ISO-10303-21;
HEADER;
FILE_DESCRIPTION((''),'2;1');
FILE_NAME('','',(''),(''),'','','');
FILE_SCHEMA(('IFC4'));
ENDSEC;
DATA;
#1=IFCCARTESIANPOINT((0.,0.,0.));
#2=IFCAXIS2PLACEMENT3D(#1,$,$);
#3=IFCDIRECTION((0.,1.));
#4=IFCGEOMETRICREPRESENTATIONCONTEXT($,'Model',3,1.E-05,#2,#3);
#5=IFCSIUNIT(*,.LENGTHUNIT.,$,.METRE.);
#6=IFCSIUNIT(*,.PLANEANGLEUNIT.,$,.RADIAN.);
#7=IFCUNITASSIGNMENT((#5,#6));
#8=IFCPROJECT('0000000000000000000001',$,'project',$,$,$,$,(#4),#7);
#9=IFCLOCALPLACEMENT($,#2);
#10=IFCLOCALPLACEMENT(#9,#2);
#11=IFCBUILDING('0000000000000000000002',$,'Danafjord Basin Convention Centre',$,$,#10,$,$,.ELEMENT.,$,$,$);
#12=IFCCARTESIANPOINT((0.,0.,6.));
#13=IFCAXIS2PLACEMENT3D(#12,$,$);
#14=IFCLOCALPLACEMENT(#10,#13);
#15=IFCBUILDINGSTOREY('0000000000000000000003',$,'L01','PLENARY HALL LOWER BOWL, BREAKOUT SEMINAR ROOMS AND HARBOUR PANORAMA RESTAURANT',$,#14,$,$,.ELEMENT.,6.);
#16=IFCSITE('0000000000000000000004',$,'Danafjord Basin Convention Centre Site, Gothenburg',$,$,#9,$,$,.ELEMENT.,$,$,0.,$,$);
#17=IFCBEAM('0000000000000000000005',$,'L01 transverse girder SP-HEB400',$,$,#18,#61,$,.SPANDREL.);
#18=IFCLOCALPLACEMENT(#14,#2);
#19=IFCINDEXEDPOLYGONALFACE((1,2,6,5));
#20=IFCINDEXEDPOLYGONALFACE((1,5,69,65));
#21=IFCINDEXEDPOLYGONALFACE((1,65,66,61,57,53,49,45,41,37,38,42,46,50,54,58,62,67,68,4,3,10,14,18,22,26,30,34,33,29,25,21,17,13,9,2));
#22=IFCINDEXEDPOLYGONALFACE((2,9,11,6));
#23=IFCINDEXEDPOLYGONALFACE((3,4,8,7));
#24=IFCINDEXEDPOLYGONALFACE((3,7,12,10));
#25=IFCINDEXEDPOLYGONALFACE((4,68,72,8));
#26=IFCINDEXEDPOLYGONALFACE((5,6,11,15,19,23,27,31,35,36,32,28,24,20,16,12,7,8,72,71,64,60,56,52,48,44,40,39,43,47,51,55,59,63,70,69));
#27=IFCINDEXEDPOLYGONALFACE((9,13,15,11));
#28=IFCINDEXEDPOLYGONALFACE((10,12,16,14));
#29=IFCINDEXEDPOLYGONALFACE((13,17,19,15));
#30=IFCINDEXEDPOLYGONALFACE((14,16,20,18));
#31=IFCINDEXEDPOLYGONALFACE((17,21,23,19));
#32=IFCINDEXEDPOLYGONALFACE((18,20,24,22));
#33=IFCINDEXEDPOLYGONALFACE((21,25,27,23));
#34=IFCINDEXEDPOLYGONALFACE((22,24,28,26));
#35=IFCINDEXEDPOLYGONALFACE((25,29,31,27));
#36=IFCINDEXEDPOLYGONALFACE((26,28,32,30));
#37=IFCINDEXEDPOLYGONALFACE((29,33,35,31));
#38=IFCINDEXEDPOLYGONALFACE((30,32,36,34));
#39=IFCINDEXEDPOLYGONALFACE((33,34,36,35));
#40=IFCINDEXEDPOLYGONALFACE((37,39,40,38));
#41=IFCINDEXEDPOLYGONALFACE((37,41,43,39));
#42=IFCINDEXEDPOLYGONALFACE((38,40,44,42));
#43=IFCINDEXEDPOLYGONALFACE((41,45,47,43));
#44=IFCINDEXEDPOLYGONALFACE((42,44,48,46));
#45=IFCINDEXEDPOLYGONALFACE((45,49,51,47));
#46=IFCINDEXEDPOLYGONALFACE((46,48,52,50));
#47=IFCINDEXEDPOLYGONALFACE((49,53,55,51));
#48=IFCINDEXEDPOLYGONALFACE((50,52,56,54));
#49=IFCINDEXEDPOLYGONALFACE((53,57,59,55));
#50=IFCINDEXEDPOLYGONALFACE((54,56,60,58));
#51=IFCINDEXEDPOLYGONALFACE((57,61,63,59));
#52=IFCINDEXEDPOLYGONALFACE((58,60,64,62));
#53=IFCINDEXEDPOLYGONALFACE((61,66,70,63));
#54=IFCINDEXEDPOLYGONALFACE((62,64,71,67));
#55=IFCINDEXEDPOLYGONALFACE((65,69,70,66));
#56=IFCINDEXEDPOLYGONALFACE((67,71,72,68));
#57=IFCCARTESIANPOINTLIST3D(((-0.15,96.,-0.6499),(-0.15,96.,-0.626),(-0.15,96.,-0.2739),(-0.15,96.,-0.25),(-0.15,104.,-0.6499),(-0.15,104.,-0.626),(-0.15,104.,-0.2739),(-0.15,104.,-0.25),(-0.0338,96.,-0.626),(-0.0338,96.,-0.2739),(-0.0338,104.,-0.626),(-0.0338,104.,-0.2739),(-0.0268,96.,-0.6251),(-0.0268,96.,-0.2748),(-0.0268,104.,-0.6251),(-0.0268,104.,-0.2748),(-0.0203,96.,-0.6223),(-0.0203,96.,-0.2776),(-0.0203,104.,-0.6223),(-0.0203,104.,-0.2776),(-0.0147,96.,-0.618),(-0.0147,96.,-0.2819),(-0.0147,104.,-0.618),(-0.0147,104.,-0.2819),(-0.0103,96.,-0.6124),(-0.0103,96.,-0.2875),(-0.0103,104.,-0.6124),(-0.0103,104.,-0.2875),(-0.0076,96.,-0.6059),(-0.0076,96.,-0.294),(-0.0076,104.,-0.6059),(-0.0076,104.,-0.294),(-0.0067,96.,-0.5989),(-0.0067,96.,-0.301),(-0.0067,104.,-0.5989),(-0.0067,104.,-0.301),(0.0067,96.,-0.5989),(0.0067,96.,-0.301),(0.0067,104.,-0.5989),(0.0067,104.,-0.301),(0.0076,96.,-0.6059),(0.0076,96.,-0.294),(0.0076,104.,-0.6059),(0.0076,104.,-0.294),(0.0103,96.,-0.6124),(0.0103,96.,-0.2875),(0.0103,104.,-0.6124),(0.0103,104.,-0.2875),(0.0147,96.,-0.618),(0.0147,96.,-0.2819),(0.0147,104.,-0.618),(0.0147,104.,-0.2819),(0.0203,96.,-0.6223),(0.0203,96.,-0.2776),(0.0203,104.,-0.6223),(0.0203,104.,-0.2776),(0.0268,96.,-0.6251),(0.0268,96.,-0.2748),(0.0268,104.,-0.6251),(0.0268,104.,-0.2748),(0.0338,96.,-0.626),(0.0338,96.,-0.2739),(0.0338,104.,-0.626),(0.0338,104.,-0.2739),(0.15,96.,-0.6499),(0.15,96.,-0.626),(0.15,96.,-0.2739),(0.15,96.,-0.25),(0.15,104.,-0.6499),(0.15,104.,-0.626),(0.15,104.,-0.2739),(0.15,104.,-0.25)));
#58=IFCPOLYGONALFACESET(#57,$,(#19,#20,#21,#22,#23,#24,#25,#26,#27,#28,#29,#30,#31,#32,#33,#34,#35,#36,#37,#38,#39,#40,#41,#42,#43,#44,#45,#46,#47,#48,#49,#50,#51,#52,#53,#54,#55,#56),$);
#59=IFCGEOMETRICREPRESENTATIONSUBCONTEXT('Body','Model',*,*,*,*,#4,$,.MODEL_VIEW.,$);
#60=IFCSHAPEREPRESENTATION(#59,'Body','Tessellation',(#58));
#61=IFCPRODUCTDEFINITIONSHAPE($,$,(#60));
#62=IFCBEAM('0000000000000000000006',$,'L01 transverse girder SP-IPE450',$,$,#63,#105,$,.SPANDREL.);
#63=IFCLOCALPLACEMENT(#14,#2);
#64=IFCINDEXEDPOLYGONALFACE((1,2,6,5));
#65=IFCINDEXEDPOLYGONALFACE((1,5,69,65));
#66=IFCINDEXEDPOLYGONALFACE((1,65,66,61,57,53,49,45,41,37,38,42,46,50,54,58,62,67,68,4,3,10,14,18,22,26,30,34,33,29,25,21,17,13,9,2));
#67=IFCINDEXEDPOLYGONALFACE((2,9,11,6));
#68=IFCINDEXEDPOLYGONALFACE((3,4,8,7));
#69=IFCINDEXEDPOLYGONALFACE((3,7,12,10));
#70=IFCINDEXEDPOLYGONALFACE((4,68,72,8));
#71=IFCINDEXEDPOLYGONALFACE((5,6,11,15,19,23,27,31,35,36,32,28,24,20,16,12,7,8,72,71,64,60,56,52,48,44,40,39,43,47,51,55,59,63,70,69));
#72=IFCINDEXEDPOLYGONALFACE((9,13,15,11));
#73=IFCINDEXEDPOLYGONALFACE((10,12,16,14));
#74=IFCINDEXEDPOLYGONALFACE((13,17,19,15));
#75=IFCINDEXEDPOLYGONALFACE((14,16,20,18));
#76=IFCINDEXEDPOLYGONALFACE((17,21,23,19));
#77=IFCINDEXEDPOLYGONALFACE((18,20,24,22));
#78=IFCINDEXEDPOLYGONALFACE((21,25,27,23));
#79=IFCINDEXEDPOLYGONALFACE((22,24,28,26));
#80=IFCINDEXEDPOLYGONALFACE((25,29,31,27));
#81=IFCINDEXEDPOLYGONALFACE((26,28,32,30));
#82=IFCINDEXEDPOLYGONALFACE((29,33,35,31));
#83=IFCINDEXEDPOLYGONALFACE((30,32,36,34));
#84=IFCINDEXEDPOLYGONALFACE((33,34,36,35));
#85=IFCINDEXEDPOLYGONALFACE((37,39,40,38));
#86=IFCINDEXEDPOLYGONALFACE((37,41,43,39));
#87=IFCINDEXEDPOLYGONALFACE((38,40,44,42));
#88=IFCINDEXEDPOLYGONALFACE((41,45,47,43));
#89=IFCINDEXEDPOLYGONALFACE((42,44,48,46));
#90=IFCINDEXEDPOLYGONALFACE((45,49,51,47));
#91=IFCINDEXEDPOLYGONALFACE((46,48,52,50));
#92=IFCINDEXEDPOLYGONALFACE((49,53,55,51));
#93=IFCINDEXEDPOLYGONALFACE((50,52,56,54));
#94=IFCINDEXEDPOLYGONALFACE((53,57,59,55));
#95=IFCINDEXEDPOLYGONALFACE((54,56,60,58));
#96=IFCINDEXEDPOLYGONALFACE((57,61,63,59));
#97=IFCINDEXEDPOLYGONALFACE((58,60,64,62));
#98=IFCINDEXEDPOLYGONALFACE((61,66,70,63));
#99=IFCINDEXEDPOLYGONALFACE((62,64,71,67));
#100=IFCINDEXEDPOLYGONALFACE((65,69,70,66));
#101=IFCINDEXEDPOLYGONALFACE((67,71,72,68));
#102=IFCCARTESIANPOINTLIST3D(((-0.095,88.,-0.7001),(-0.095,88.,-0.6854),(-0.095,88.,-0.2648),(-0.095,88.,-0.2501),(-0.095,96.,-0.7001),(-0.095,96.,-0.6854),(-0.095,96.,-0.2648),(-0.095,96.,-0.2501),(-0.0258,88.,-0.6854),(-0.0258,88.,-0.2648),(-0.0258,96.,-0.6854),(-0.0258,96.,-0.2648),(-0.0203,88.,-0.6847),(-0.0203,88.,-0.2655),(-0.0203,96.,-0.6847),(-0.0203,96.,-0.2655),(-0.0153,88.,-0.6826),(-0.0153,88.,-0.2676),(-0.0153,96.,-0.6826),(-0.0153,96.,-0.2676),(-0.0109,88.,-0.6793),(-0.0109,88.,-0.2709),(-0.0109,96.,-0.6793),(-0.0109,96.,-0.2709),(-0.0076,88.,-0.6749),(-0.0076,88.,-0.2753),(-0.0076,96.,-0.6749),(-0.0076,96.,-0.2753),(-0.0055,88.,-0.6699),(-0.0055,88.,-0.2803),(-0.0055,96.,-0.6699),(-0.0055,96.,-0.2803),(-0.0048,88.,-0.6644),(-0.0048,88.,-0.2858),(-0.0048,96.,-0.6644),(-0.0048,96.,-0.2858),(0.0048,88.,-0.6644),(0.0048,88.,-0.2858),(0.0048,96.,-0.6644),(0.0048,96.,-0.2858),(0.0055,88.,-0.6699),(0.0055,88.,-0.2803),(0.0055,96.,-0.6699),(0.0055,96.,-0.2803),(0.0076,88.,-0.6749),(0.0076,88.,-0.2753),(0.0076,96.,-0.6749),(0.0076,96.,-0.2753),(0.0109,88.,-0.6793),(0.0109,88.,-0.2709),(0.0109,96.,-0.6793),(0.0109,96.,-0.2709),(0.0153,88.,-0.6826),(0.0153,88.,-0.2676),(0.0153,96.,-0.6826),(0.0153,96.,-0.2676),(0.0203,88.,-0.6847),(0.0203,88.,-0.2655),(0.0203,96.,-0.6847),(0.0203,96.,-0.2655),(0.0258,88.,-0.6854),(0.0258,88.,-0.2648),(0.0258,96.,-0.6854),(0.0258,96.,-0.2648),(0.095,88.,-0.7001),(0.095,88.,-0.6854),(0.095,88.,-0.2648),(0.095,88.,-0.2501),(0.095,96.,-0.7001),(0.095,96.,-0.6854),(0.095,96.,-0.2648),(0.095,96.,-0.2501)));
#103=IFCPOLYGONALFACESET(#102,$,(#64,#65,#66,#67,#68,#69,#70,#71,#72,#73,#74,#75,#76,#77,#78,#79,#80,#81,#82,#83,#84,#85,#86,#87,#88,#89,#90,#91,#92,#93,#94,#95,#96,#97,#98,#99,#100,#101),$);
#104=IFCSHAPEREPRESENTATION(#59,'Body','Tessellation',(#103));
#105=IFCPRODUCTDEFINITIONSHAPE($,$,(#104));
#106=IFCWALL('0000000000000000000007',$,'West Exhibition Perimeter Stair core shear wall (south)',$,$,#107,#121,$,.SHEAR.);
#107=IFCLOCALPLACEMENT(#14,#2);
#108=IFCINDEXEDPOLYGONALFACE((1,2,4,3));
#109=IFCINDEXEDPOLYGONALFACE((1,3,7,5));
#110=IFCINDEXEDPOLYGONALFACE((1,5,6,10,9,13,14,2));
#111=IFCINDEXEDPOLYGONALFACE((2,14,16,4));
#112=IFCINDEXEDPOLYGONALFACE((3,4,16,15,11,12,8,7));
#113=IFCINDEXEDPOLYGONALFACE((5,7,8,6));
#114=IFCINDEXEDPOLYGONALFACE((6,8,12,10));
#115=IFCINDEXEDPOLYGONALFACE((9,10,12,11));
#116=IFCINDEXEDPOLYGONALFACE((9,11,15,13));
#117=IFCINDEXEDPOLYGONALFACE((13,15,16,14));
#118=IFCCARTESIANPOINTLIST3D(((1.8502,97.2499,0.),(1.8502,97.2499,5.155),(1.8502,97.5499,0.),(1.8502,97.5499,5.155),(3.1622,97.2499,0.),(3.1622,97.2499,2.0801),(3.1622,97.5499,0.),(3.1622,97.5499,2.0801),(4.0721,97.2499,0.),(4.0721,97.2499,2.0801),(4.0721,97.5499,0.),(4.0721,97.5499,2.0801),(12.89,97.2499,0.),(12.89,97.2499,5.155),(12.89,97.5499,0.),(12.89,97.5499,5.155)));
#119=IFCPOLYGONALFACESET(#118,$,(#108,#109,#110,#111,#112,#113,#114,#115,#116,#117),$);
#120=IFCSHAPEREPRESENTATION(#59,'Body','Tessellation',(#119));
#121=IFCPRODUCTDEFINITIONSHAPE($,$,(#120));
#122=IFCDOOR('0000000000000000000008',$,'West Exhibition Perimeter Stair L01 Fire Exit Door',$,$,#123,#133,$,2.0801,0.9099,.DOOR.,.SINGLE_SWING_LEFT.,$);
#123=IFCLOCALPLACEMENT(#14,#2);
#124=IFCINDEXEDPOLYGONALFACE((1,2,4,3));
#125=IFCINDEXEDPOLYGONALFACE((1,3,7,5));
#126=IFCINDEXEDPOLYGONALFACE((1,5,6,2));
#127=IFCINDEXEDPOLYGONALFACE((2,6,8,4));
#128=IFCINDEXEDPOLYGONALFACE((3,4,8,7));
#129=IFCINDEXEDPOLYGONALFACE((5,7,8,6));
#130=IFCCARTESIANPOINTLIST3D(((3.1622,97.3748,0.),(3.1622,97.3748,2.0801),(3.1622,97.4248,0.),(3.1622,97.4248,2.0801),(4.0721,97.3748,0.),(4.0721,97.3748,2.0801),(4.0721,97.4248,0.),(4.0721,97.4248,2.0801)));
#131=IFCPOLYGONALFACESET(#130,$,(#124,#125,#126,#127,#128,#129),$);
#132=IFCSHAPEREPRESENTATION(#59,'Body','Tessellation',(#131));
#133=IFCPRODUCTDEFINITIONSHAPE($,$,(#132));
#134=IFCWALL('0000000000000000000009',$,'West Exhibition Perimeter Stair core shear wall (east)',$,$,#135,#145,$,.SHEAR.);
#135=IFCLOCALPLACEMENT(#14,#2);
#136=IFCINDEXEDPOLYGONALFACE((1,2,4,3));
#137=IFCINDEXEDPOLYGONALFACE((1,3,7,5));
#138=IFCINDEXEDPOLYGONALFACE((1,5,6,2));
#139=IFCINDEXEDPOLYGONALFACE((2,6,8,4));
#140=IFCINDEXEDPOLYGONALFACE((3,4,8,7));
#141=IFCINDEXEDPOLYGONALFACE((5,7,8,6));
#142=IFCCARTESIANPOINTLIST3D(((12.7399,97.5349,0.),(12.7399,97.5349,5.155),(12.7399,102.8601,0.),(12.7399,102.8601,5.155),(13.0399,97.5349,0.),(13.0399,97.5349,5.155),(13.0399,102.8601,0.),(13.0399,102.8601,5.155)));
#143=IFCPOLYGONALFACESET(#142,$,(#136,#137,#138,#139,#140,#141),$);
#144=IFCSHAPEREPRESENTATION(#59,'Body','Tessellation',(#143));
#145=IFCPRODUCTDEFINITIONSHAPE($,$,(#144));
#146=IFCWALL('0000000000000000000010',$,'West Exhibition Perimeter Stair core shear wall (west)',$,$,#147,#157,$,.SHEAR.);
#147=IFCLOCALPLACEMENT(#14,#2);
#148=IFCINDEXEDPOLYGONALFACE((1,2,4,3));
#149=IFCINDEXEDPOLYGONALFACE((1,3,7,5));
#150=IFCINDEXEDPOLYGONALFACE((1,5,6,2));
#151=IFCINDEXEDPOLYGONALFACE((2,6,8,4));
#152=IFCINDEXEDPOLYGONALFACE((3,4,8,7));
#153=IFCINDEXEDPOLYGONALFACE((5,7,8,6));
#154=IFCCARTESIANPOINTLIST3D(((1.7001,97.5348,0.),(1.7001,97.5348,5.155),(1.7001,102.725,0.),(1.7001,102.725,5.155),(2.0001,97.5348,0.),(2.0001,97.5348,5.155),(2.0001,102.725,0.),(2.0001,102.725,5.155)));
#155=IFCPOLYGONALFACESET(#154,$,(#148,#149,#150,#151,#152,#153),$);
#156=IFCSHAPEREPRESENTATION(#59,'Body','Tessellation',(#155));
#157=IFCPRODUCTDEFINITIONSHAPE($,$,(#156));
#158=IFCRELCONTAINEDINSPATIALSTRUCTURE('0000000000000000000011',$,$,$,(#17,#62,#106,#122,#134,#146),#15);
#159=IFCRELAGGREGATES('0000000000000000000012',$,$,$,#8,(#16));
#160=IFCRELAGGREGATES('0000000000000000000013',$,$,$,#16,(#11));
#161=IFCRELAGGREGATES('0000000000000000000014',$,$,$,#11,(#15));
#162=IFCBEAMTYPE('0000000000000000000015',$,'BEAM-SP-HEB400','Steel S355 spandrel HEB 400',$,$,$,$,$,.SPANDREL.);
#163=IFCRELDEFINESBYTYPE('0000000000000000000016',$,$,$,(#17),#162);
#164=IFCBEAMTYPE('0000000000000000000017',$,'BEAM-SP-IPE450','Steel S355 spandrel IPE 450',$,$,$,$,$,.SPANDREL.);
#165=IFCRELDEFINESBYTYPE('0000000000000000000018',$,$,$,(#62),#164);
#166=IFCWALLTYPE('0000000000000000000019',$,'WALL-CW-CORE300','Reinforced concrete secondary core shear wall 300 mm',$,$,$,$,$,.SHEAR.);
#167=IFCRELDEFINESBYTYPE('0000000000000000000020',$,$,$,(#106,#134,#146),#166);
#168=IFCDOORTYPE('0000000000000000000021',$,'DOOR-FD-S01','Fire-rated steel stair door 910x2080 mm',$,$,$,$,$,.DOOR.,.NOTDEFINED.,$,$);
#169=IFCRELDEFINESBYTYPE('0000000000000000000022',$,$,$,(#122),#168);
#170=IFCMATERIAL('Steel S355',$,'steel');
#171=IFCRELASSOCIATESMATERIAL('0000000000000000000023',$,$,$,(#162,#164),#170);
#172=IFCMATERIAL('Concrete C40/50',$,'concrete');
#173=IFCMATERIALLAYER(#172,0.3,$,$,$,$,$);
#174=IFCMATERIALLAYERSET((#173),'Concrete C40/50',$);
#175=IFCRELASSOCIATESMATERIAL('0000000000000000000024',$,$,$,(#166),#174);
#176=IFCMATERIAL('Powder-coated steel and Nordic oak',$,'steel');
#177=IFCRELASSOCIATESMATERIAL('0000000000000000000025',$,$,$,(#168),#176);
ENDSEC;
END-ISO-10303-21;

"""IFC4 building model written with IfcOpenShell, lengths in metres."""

from ifc_helpers import new_model, si_unit, direction, frame, frame_2d, origin, origin_2d, place, context, subcontext, project, spatial, rectangle, i_section, extrude, material, layer, layer_set, material_profile, profile_set, type_object, element, fill, save


model = new_model("IFC4")

# Units and contexts
model_context = context("Model", 3, precision=1e-05, world=origin(), true_north=direction((0.0, 1.0)))
body_context = subcontext(model_context, "Body", "Model", "MODEL_VIEW")
ifc_project = project(units=[si_unit("LENGTHUNIT", "METRE"), si_unit("PLANEANGLEUNIT", "RADIAN")], contexts=[model_context])

# Site, building, storey
site_placement = place(None, origin())
site = spatial("IfcSite", under=ifc_project, at=site_placement, Name="Danafjord Basin Convention Centre Site, Gothenburg", CompositionType="ELEMENT", RefElevation=0.0)
building_placement = place(site_placement, origin())
building = spatial("IfcBuilding", under=site, at=building_placement, Name="Danafjord Basin Convention Centre", CompositionType="ELEMENT")
storey_placement = place(building_placement, frame((0.0, 0.0, 6.0)))
storey = spatial("IfcBuildingStorey", under=building, at=storey_placement, Name="L01", Description="PLENARY HALL LOWER BOWL, BREAKOUT SEMINAR ROOMS AND HARBOUR PANORAMA RESTAURANT", CompositionType="ELEMENT", Elevation=6.0)

# Beams
ifc_material_1 = material(Name="Steel S355", Category="steel")
ifc_material_profile_1 = material_profile(ifc_material_1, i_section(OverallWidth=0.3, OverallDepth=0.3999, WebThickness=0.0134, FlangeThickness=0.0239, FilletRadius=0.0271, at=origin_2d()), Name="HEB 400")
ifc_profile_set_1 = profile_set([ifc_material_profile_1], Name="Steel S355")
beam_type_1 = type_object("IfcBeamType", Name="BEAM-SP-HEB400", Description="Steel S355 spandrel HEB 400", PredefinedType="SPANDREL", material=ifc_profile_set_1)
for number, where, z_axis, x_axis, name in (
    (1, (0.0, 96.0, -0.45), (0.0, 1.0, 0.0), (-1.0, 0.0, 0.0), "L01 transverse girder SP-HEB400"),
):
    element("IfcBeam", number, at=place(storey_placement, frame(where, z_axis=z_axis, x_axis=x_axis)), inside=storey, type_object=beam_type_1, Name=name, PredefinedType="SPANDREL", context=body_context, shape_type="SweptSolid", body=[
        extrude(i_section(OverallWidth=0.3, OverallDepth=0.3999, WebThickness=0.0134, FlangeThickness=0.0239, FilletRadius=0.0271, at=origin_2d()), origin(), (0.0, 0.0, 1.0), 8.0),
    ])
ifc_material_profile_2 = material_profile(ifc_material_1, i_section(OverallWidth=0.1899, OverallDepth=0.45, WebThickness=0.0095, FlangeThickness=0.0146, FilletRadius=0.021, at=origin_2d()), Name="IPE 450")
ifc_profile_set_2 = profile_set([ifc_material_profile_2], Name="Steel S355")
beam_type_2 = type_object("IfcBeamType", Name="BEAM-SP-IPE450", Description="Steel S355 spandrel IPE 450", PredefinedType="SPANDREL", material=ifc_profile_set_2)
beam_placement = place(storey_placement, frame((0.0, 88.0, -0.4751), z_axis=(0.0, 1.0, 0.0), x_axis=(-1.0, 0.0, 0.0)))
element("IfcBeam", 2, at=beam_placement, inside=storey, type_object=beam_type_2, Name="L01 transverse girder SP-IPE450", PredefinedType="SPANDREL", context=body_context, shape_type="SweptSolid", body=[
    extrude(i_section(OverallWidth=0.1899, OverallDepth=0.45, WebThickness=0.0095, FlangeThickness=0.0146, FilletRadius=0.021, at=origin_2d()), origin(), (0.0, 0.0, 1.0), 8.0),
])

# Wall, opening, door
ifc_material_2 = material(Name="Concrete C40/50", Category="concrete")
ifc_layer_1 = layer(ifc_material_2, 0.3)
ifc_layer_set_1 = layer_set([ifc_layer_1], Name="Concrete C40/50")
wall_type_1 = type_object("IfcWallType", Name="WALL-CW-CORE300", Description="Reinforced concrete secondary core shear wall 300 mm", PredefinedType="SHEAR", material=ifc_layer_set_1)
wall_1_placement = place(storey_placement, frame((1.8501, 97.3999, 0.0), z_axis=(0.0, 0.0, 1.0), x_axis=(1.0, 0.0, 0.0)))
wall_1 = element("IfcWall", 3, at=wall_1_placement, inside=storey, type_object=wall_type_1, Name="West Exhibition Perimeter Stair core shear wall (south)", PredefinedType="SHEAR", context=body_context, shape_type="SweptSolid", body=[
    extrude(rectangle(XDim=11.0398, YDim=0.3, at=frame_2d((5.52, 0.0))), origin(), (0.0, 0.0, 1.0), 5.155),
])
opening_1_placement = place(wall_1_placement, frame((1.312, 0.0, 0.0)))
opening_1 = element("IfcOpeningElement", 4, at=opening_1_placement, cuts=wall_1, PredefinedType="OPENING", context=body_context, shape_type="SweptSolid", body=[
    extrude(rectangle(XDim=0.9099, YDim=2.0801, at=frame_2d((0.4551, 1.04))), frame((0.0, 0.1599, 0.0), z_axis=(0.0, -1.0, 0.0), x_axis=(1.0, 0.0, 0.0)), (0.0, 0.0, 1.0), 0.3201),
])
ifc_material_3 = material(Name="Powder-coated steel and Nordic oak", Category="steel")
door_type = type_object("IfcDoorType", Name="DOOR-FD-S01", Description="Fire-rated steel stair door 910x2080 mm", OperationType="NOTDEFINED", PredefinedType="DOOR", material=ifc_material_3)
door_placement = place(opening_1_placement, origin())
door = element("IfcDoor", 5, at=door_placement, inside=storey, type_object=door_type, Name="West Exhibition Perimeter Stair L01 Fire Exit Door", OperationType="SINGLE_SWING_LEFT", OverallHeight=2.0801, OverallWidth=0.9099, PredefinedType="DOOR", context=body_context, shape_type="SweptSolid", body=[
    extrude(rectangle(XDim=0.9099, YDim=2.0801, at=frame_2d((0.4551, 1.04))), frame((0.0, 0.0249, 0.0), z_axis=(0.0, -1.0, 0.0), x_axis=(1.0, 0.0, 0.0)), (0.0, 0.0, 1.0), 0.05),
])
fill(opening_1, door)

# Walls
wall_2_placement = place(storey_placement, frame((12.8899, 97.5349, 0.0), z_axis=(0.0, 0.0, 1.0), x_axis=(0.0, 1.0, 0.0)))
element("IfcWall", 6, at=wall_2_placement, inside=storey, type_object=wall_type_1, Name="West Exhibition Perimeter Stair core shear wall (east)", PredefinedType="SHEAR", context=body_context, shape_type="SweptSolid", body=[
    extrude(rectangle(XDim=5.3252, YDim=0.3, at=frame_2d((2.6626, 0.0))), origin(), (0.0, 0.0, 1.0), 5.155),
])
wall_3_placement = place(storey_placement, frame((1.8501, 102.7251, 0.0), z_axis=(0.0, 0.0, 1.0), x_axis=(0.0, -1.0, 0.0)))
element("IfcWall", 7, at=wall_3_placement, inside=storey, type_object=wall_type_1, Name="West Exhibition Perimeter Stair core shear wall (west)", PredefinedType="SHEAR", context=body_context, shape_type="SweptSolid", body=[
    extrude(rectangle(XDim=5.1902, YDim=0.3, at=frame_2d((2.5952, 0.0))), origin(), (0.0, 0.0, 1.0), 5.155),
])

save(model, "model.ifc")
